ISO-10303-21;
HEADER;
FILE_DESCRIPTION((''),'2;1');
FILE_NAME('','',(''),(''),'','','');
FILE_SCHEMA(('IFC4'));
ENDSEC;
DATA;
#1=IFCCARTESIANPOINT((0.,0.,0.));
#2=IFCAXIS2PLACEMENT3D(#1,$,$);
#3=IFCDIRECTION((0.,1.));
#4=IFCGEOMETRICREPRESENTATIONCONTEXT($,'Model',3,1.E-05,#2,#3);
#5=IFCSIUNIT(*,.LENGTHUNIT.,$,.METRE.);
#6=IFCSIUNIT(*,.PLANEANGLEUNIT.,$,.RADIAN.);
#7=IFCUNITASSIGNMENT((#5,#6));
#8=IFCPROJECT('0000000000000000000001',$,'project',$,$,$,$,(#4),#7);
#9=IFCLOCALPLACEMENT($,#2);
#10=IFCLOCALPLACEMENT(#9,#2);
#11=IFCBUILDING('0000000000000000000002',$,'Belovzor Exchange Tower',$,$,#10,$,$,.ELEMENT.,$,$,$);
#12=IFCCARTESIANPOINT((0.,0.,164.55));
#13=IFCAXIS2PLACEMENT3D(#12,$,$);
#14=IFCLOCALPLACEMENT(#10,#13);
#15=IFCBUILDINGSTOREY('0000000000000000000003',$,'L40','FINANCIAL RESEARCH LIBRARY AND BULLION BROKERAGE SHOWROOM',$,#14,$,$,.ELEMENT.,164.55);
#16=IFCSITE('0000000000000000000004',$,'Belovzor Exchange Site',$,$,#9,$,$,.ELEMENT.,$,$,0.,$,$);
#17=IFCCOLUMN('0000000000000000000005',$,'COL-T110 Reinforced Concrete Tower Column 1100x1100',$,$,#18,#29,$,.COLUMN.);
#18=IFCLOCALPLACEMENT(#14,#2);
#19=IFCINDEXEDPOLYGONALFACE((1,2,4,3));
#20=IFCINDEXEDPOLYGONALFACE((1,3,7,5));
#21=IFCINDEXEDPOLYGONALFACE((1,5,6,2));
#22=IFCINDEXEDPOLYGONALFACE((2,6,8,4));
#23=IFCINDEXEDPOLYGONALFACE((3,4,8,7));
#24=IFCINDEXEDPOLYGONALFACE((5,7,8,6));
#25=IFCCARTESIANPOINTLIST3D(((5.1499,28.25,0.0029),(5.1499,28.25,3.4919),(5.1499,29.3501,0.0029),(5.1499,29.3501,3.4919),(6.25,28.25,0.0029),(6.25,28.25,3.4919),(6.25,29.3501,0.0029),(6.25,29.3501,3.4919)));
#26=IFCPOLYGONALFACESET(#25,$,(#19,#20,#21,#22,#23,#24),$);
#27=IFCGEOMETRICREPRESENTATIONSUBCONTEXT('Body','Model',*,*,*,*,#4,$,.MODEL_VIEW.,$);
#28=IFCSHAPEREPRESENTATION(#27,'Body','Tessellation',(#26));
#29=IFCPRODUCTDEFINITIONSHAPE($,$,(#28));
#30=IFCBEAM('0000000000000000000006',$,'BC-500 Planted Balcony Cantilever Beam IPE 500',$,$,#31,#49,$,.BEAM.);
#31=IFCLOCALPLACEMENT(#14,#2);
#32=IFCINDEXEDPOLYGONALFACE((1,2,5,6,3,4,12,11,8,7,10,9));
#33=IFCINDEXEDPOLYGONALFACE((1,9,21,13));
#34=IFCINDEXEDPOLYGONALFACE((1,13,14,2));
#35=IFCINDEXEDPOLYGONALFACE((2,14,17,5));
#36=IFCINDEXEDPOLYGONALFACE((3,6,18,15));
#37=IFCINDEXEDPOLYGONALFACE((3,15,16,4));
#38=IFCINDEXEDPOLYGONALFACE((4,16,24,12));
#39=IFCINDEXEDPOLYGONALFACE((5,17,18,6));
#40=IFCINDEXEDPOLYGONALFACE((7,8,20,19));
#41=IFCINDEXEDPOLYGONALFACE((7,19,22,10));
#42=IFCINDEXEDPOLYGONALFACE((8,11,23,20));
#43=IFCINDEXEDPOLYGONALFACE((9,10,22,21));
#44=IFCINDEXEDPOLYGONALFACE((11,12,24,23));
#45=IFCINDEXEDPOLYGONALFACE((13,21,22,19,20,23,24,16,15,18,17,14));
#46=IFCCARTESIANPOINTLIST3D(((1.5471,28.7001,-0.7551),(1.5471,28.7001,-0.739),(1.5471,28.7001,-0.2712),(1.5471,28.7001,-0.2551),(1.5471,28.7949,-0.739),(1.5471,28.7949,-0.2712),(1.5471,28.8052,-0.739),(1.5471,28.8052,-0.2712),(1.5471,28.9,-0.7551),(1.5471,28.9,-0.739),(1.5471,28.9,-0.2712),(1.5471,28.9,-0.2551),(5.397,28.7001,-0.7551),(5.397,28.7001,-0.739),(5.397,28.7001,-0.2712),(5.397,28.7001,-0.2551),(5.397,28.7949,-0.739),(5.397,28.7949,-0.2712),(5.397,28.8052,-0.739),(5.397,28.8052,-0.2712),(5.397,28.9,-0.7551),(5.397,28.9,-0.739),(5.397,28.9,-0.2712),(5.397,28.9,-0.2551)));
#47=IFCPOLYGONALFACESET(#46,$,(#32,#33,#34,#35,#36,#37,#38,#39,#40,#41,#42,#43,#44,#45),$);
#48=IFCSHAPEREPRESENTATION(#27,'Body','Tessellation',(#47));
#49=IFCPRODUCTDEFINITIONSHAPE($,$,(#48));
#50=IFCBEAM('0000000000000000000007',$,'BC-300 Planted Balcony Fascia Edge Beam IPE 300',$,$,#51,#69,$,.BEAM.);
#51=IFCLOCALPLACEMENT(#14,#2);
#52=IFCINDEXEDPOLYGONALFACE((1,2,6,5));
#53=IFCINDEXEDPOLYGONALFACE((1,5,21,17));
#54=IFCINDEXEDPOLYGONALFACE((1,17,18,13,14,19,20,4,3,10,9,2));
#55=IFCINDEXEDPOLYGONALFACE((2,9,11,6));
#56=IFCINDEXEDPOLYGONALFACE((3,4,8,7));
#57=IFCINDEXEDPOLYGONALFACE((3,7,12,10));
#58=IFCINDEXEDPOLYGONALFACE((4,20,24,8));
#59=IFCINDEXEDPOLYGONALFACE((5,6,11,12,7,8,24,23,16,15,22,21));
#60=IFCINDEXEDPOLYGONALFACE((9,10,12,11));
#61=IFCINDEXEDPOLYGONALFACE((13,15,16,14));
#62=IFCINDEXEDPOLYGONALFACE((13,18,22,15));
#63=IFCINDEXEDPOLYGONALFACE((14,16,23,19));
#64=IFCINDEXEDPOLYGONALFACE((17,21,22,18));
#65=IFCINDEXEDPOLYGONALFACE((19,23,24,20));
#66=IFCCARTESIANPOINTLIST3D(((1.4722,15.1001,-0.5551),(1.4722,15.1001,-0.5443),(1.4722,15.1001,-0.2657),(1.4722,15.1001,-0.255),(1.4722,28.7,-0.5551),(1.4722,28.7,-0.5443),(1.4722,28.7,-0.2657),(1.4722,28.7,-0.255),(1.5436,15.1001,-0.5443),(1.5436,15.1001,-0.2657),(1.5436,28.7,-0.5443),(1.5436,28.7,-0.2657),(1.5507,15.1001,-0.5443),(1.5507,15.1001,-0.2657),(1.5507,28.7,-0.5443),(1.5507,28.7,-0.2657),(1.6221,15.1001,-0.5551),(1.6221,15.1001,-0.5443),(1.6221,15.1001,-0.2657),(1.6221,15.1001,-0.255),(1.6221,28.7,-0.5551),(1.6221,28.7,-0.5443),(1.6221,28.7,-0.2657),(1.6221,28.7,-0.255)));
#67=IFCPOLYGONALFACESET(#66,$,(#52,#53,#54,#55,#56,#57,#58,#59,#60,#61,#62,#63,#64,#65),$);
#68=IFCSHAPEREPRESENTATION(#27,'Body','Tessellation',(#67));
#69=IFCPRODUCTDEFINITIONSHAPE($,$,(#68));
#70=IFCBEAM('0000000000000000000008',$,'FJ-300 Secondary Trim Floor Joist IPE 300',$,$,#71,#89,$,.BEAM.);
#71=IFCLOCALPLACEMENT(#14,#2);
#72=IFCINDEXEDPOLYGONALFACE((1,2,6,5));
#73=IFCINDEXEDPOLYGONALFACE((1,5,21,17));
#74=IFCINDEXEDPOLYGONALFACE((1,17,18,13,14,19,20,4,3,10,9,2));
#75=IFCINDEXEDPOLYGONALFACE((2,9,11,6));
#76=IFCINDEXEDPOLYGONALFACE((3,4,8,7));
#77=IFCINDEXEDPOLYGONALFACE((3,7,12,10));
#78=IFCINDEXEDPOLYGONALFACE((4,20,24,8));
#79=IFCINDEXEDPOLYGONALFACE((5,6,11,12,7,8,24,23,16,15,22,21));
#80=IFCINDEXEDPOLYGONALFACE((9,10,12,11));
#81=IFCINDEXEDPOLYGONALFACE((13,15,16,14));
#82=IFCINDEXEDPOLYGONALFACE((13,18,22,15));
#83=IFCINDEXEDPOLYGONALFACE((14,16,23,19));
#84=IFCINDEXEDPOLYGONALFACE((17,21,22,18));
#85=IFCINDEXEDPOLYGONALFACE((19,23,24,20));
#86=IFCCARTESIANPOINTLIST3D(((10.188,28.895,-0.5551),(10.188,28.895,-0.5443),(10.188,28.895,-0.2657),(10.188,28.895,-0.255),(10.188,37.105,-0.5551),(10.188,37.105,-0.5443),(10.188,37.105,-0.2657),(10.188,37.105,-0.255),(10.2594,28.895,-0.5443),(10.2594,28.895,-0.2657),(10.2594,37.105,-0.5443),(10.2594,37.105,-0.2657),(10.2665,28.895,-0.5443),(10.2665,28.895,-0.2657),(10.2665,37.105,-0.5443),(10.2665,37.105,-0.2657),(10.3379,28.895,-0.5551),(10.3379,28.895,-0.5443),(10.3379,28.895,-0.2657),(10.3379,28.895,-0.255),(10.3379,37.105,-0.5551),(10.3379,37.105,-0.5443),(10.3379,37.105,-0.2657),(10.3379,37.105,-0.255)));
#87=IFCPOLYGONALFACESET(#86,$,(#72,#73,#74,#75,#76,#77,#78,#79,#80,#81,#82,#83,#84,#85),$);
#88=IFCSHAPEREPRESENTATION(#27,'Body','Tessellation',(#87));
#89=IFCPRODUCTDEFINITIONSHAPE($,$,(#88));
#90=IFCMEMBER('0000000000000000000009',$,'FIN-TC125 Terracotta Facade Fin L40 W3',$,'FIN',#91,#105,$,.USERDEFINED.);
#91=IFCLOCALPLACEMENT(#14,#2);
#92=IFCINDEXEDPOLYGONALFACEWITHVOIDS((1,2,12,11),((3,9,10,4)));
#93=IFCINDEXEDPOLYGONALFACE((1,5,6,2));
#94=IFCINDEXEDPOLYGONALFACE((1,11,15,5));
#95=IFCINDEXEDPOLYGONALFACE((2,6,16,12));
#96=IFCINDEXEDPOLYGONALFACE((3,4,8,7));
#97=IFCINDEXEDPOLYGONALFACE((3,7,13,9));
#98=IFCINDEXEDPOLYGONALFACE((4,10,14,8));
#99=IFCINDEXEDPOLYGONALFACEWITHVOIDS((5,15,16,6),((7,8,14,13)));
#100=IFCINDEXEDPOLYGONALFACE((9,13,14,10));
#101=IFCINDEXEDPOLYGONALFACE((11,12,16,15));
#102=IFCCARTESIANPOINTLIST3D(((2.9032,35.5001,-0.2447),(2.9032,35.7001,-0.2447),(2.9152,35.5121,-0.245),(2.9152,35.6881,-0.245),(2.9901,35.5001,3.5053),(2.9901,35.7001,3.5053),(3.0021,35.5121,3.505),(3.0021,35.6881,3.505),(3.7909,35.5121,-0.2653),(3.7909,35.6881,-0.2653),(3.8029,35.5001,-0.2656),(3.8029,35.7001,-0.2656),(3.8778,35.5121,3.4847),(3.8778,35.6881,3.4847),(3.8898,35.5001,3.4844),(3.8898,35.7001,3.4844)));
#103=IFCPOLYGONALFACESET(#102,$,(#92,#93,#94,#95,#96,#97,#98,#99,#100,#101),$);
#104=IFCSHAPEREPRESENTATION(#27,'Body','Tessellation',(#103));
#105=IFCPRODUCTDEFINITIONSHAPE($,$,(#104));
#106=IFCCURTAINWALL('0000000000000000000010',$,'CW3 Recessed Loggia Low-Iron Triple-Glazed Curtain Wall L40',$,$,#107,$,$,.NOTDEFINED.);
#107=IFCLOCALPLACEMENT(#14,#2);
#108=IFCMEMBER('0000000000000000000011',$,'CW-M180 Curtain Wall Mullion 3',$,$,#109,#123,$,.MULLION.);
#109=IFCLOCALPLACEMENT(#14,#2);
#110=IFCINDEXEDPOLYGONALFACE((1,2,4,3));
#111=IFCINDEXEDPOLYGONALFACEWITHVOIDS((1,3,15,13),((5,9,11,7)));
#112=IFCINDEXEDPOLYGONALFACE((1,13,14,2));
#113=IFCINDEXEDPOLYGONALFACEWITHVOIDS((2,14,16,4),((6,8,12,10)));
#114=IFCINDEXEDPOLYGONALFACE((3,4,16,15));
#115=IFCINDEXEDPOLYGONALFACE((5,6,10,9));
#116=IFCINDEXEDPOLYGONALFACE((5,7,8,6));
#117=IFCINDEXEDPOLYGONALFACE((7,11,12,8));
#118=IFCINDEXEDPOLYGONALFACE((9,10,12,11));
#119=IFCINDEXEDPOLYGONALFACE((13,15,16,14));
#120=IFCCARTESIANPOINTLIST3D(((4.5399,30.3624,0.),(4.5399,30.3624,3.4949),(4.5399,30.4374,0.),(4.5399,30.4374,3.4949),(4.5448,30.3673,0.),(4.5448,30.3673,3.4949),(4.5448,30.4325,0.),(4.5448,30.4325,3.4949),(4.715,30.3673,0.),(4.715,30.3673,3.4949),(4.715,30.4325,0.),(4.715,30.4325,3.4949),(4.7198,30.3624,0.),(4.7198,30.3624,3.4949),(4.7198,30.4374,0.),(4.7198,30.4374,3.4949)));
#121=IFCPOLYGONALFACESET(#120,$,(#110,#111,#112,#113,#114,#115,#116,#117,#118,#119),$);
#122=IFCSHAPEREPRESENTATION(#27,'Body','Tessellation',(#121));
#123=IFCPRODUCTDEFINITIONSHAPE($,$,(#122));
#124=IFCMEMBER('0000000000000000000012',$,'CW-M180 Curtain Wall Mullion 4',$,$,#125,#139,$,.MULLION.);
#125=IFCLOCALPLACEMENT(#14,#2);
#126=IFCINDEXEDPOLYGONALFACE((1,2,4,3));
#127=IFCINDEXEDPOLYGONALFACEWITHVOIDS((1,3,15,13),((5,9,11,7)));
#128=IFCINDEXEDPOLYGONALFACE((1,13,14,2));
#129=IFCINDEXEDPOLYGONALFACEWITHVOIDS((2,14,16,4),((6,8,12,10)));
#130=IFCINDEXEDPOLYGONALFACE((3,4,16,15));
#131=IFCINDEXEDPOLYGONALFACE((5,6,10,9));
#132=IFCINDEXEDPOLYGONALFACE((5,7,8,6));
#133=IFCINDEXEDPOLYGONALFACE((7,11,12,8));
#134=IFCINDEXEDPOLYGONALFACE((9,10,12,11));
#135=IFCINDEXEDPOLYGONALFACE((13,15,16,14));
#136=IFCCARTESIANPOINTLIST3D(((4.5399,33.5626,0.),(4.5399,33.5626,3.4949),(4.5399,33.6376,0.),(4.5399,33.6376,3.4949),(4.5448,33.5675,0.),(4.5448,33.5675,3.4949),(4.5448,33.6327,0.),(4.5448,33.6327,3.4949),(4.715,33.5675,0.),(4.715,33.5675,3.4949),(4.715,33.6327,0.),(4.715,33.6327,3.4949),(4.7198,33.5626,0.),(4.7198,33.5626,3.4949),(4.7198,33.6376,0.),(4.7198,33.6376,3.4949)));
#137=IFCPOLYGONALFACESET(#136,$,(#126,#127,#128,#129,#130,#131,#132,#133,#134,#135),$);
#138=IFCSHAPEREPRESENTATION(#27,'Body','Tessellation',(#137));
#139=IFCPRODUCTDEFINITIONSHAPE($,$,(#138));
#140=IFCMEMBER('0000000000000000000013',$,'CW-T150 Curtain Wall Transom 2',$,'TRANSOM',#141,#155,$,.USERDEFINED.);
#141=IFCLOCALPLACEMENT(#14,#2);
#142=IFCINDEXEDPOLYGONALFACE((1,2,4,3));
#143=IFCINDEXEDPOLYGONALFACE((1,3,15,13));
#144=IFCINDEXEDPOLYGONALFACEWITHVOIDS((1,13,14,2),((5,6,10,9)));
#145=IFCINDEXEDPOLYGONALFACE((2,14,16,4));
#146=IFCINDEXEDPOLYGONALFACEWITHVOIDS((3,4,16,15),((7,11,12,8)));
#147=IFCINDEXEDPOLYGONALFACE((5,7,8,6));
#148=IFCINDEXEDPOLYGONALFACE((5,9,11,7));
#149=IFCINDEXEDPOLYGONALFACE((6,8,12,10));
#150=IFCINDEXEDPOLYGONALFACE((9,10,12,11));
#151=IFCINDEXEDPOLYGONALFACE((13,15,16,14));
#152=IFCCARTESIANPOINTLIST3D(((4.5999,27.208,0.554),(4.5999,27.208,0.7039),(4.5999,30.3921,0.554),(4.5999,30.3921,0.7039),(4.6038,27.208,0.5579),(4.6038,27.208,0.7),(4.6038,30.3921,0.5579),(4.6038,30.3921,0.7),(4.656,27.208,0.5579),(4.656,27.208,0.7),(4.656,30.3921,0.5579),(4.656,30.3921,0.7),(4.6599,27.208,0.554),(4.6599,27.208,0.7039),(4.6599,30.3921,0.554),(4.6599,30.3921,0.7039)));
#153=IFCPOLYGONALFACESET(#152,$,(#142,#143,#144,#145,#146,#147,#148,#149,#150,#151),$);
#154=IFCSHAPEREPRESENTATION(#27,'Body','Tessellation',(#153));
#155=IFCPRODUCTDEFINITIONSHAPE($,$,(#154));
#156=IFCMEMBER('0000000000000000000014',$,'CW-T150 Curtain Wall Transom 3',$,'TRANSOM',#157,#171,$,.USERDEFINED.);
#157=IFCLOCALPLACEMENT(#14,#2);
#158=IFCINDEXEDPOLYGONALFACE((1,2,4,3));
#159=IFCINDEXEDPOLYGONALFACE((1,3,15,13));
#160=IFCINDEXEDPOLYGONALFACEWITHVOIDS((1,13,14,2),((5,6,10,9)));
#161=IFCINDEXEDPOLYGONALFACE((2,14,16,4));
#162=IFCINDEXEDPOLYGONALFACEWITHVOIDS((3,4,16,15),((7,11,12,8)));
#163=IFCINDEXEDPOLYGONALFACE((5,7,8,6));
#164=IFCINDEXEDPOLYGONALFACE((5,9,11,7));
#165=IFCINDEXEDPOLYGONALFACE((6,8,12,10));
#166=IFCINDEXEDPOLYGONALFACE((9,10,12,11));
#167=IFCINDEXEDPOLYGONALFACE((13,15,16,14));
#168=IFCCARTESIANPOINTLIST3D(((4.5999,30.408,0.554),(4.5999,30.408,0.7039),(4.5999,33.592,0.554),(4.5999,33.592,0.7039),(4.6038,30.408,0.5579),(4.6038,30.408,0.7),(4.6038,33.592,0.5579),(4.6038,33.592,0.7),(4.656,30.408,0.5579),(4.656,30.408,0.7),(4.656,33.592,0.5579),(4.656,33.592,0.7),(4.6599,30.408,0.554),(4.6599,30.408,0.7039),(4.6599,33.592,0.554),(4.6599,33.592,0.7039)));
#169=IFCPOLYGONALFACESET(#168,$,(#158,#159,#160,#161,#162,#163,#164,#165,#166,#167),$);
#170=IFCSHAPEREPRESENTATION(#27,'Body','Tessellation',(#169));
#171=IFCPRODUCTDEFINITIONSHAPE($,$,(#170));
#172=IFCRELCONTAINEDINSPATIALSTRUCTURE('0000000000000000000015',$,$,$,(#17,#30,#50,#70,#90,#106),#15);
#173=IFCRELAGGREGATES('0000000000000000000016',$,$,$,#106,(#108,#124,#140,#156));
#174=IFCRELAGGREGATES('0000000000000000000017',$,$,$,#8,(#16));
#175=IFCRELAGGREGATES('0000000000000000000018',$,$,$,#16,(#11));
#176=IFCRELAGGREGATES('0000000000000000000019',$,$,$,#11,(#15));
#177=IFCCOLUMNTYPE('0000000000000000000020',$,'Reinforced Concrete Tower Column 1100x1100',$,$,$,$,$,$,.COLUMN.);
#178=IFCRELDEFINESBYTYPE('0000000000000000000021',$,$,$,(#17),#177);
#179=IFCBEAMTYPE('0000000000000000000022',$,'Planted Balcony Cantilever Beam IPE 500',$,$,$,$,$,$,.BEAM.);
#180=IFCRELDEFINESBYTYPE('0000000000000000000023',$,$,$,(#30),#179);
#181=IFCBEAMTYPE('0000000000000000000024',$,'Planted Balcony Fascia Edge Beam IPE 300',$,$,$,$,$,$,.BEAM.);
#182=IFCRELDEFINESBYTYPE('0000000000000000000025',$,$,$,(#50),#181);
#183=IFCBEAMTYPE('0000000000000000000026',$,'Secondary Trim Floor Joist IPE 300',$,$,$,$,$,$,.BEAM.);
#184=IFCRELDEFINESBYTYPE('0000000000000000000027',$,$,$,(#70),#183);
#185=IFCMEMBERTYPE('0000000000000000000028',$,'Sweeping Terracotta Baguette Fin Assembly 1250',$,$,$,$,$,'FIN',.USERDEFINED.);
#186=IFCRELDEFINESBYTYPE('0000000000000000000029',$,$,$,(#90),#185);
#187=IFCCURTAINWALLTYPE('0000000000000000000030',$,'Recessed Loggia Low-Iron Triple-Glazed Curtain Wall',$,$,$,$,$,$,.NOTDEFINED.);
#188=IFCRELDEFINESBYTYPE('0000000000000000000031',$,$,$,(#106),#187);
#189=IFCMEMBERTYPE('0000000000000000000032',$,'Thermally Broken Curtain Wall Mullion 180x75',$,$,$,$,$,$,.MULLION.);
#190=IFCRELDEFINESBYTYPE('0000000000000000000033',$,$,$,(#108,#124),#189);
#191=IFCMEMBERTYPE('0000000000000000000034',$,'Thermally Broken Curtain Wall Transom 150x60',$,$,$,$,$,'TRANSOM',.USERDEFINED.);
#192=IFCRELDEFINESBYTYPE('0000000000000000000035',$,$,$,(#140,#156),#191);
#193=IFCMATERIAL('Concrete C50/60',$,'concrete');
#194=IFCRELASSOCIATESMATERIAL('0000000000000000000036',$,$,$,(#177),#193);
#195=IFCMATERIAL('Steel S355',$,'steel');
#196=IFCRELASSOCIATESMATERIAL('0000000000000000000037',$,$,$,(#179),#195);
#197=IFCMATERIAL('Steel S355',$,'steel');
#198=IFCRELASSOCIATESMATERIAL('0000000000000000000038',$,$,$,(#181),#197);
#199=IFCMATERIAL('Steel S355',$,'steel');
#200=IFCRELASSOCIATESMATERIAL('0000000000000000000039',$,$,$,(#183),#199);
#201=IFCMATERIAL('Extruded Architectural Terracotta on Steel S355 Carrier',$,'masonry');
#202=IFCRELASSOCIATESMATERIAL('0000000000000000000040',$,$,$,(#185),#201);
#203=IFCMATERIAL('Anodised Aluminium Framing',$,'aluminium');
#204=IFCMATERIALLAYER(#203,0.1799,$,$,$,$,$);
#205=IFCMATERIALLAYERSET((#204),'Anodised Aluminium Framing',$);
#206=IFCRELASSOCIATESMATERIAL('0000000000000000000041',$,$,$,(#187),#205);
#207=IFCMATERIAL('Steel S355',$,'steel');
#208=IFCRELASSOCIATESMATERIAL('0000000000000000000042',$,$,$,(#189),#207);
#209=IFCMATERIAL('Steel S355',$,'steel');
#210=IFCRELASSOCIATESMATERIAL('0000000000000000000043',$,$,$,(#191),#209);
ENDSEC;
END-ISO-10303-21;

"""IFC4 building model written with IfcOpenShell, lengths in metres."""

from ifc_helpers import new_model, si_unit, direction, frame, origin, origin_2d, place, context, subcontext, project, spatial, rectangle, hollow_rectangle, i_section, extrude, material, layer, layer_set, material_profile, profile_set, type_object, element, aggregate, save


model = new_model("IFC4")

# Units and contexts
model_context = context("Model", 3, precision=1e-05, world=origin(), true_north=direction((0.0, 1.0)))
body_context = subcontext(model_context, "Body", "Model", "MODEL_VIEW")
ifc_project = project(units=[si_unit("LENGTHUNIT", "METRE"), si_unit("PLANEANGLEUNIT", "RADIAN")], contexts=[model_context])

# Site, building, storey
site_placement = place(None, origin())
site = spatial("IfcSite", under=ifc_project, at=site_placement, Name="Belovzor Exchange Site", CompositionType="ELEMENT", RefElevation=0.0)
building_placement = place(site_placement, origin())
building = spatial("IfcBuilding", under=site, at=building_placement, Name="Belovzor Exchange Tower", CompositionType="ELEMENT")
storey_placement = place(building_placement, frame((0.0, 0.0, 164.55)))
storey = spatial("IfcBuildingStorey", under=building, at=storey_placement, Name="L40", Description="FINANCIAL RESEARCH LIBRARY AND BULLION BROKERAGE SHOWROOM", CompositionType="ELEMENT", Elevation=164.55)

# Column
ifc_material_1 = material(Name="Concrete C50/60", Category="concrete")
ifc_material_profile_1 = material_profile(ifc_material_1, rectangle(XDim=1.1001, YDim=1.1001, at=origin_2d()))
ifc_profile_set_1 = profile_set([ifc_material_profile_1], Name="Concrete C50/60")
column_type = type_object("IfcColumnType", Name="Reinforced Concrete Tower Column 1100x1100", PredefinedType="COLUMN", material=ifc_profile_set_1)
column_placement = place(storey_placement, frame((5.7, 28.8, 0.0029), z_axis=(0.0, 0.0, 1.0), x_axis=(1.0, 0.0, 0.0)))
element("IfcColumn", 1, at=column_placement, inside=storey, type_object=column_type, Name="COL-T110 Reinforced Concrete Tower Column 1100x1100", PredefinedType="COLUMN", context=body_context, shape_type="SweptSolid", body=[
    extrude(rectangle(XDim=1.1001, YDim=1.1001, at=origin_2d()), origin(), (0.0, 0.0, 1.0), 3.489),
])

# Beams
ifc_material_2 = material(Name="Steel S355", Category="steel")
ifc_material_profile_2 = material_profile(ifc_material_2, i_section(OverallWidth=0.2, OverallDepth=0.5, WebThickness=0.0103, FlangeThickness=0.0161, at=origin_2d()))
ifc_profile_set_2 = profile_set([ifc_material_profile_2], Name="Steel S355")
beam_type_1 = type_object("IfcBeamType", Name="Planted Balcony Cantilever Beam IPE 500", PredefinedType="BEAM", material=ifc_profile_set_2)
beam_1_placement = place(storey_placement, frame((5.397, 28.8, -0.5051), z_axis=(-1.0, 0.0, 0.0), x_axis=(0.0, -1.0, 0.0)))
element("IfcBeam", 2, at=beam_1_placement, inside=storey, type_object=beam_type_1, Name="BC-500 Planted Balcony Cantilever Beam IPE 500", PredefinedType="BEAM", context=body_context, shape_type="SweptSolid", body=[
    extrude(i_section(OverallWidth=0.2, OverallDepth=0.5, WebThickness=0.0103, FlangeThickness=0.0161, at=origin_2d()), origin(), (0.0, 0.0, 1.0), 3.8499),
])
ifc_material_3 = material(Name="Steel S355", Category="steel")
ifc_material_profile_3 = material_profile(ifc_material_3, i_section(OverallWidth=0.1499, OverallDepth=0.3, WebThickness=0.0071, FlangeThickness=0.0107, at=origin_2d()))
ifc_profile_set_3 = profile_set([ifc_material_profile_3], Name="Steel S355")
beam_type_2 = type_object("IfcBeamType", Name="Planted Balcony Fascia Edge Beam IPE 300", PredefinedType="BEAM", material=ifc_profile_set_3)
beam_2_placement = place(storey_placement, frame((1.5471, 28.7, -0.405), z_axis=(0.0, -1.0, 0.0), x_axis=(1.0, 0.0, 0.0)))
element("IfcBeam", 3, at=beam_2_placement, inside=storey, type_object=beam_type_2, Name="BC-300 Planted Balcony Fascia Edge Beam IPE 300", PredefinedType="BEAM", context=body_context, shape_type="SweptSolid", body=[
    extrude(i_section(OverallWidth=0.1499, OverallDepth=0.3, WebThickness=0.0071, FlangeThickness=0.0107, at=origin_2d()), origin(), (0.0, 0.0, 1.0), 13.5999),
])
ifc_material_4 = material(Name="Steel S355", Category="steel")
ifc_material_profile_4 = material_profile(ifc_material_4, i_section(OverallWidth=0.1499, OverallDepth=0.3, WebThickness=0.0071, FlangeThickness=0.0107, at=origin_2d()))
ifc_profile_set_4 = profile_set([ifc_material_profile_4], Name="Steel S355")
beam_type_3 = type_object("IfcBeamType", Name="Secondary Trim Floor Joist IPE 300", PredefinedType="BEAM", material=ifc_profile_set_4)
beam_3_placement = place(storey_placement, frame((10.2629, 28.895, -0.405), z_axis=(0.0, 1.0, 0.0), x_axis=(-1.0, 0.0, 0.0)))
element("IfcBeam", 4, at=beam_3_placement, inside=storey, type_object=beam_type_3, Name="FJ-300 Secondary Trim Floor Joist IPE 300", PredefinedType="BEAM", context=body_context, shape_type="SweptSolid", body=[
    extrude(i_section(OverallWidth=0.1499, OverallDepth=0.3, WebThickness=0.0071, FlangeThickness=0.0107, at=origin_2d()), origin(), (0.0, 0.0, 1.0), 8.21),
])

# Member
ifc_material_5 = material(Name="Extruded Architectural Terracotta on Steel S355 Carrier", Category="masonry")
ifc_material_profile_5 = material_profile(ifc_material_5, hollow_rectangle(XDim=0.2, YDim=0.8999, WallThickness=0.012, at=origin_2d()))
ifc_profile_set_5 = profile_set([ifc_material_profile_5], Name="Extruded Architectural Terracotta on Steel S355 Carrier")
member_type_1 = type_object("IfcMemberType", Name="Sweeping Terracotta Baguette Fin Assembly 1250", ElementType="FIN", PredefinedType="USERDEFINED", material=ifc_profile_set_5)
member_1_placement = place(storey_placement, frame((3.353, 35.6001, -0.2551), z_axis=(0.023171, 0.0, 0.999732), x_axis=(0.0, 1.0, 0.0)))
element("IfcMember", 5, at=member_1_placement, inside=storey, type_object=member_type_1, Name="FIN-TC125 Terracotta Facade Fin L40 W3", ObjectType="FIN", PredefinedType="USERDEFINED", context=body_context, shape_type="SweptSolid", body=[
    extrude(hollow_rectangle(XDim=0.2, YDim=0.8999, WallThickness=0.012, at=origin_2d()), origin(), (0.0, 0.0, 1.0), 3.751),
])

# Curtain wall, members
ifc_material_6 = material(Name="Anodised Aluminium Framing", Category="aluminium")
ifc_layer_1 = layer(ifc_material_6, 0.1799)
ifc_layer_set_1 = layer_set([ifc_layer_1], Name="Anodised Aluminium Framing")
curtain_wall_type = type_object("IfcCurtainWallType", Name="Recessed Loggia Low-Iron Triple-Glazed Curtain Wall", PredefinedType="NOTDEFINED", material=ifc_layer_set_1)
curtain_wall_placement = place(storey_placement, origin())
curtain_wall = element("IfcCurtainWall", 6, at=curtain_wall_placement, inside=storey, type_object=curtain_wall_type, Name="CW3 Recessed Loggia Low-Iron Triple-Glazed Curtain Wall L40", PredefinedType="NOTDEFINED")
ifc_material_7 = material(Name="Steel S355", Category="steel")
ifc_material_profile_6 = material_profile(ifc_material_7, hollow_rectangle(XDim=0.075, YDim=0.1799, WallThickness=0.0049, at=origin_2d()))
ifc_profile_set_6 = profile_set([ifc_material_profile_6], Name="Steel S355")
member_type_2 = type_object("IfcMemberType", Name="Thermally Broken Curtain Wall Mullion 180x75", PredefinedType="MULLION", material=ifc_profile_set_6)
member_2_placement = place(storey_placement, frame((4.6299, 30.3999, 0.0), z_axis=(0.0, 0.0, 1.0), x_axis=(0.0, 1.0, 0.0)))
member_2 = element("IfcMember", 7, at=member_2_placement, type_object=member_type_2, Name="CW-M180 Curtain Wall Mullion 3", PredefinedType="MULLION", context=body_context, shape_type="SweptSolid", body=[
    extrude(hollow_rectangle(XDim=0.075, YDim=0.1799, WallThickness=0.0049, at=origin_2d()), origin(), (0.0, 0.0, 1.0), 3.4949),
])
member_3_placement = place(storey_placement, frame((4.6299, 33.6001, 0.0), z_axis=(0.0, 0.0, 1.0), x_axis=(0.0, 1.0, 0.0)))
member_3 = element("IfcMember", 8, at=member_3_placement, type_object=member_type_2, Name="CW-M180 Curtain Wall Mullion 4", PredefinedType="MULLION", context=body_context, shape_type="SweptSolid", body=[
    extrude(hollow_rectangle(XDim=0.075, YDim=0.1799, WallThickness=0.0049, at=origin_2d()), origin(), (0.0, 0.0, 1.0), 3.4949),
])
ifc_material_8 = material(Name="Steel S355", Category="steel")
ifc_material_profile_7 = material_profile(ifc_material_8, hollow_rectangle(XDim=0.0601, YDim=0.1499, WallThickness=0.0039, at=origin_2d()))
ifc_profile_set_7 = profile_set([ifc_material_profile_7], Name="Steel S355")
member_type_3 = type_object("IfcMemberType", Name="Thermally Broken Curtain Wall Transom 150x60", ElementType="TRANSOM", PredefinedType="USERDEFINED", material=ifc_profile_set_7)
member_4_placement = place(storey_placement, frame((4.6299, 27.208, 0.6289), z_axis=(0.0, 1.0, 0.0), x_axis=(-1.0, 0.0, 0.0)))
member_4 = element("IfcMember", 9, at=member_4_placement, type_object=member_type_3, Name="CW-T150 Curtain Wall Transom 2", ObjectType="TRANSOM", PredefinedType="USERDEFINED", context=body_context, shape_type="SweptSolid", body=[
    extrude(hollow_rectangle(XDim=0.0601, YDim=0.1499, WallThickness=0.0039, at=origin_2d()), origin(), (0.0, 0.0, 1.0), 3.1841),
])
member_5_placement = place(storey_placement, frame((4.6299, 30.408, 0.6289), z_axis=(0.0, 1.0, 0.0), x_axis=(-1.0, 0.0, 0.0)))
member_5 = element("IfcMember", 10, at=member_5_placement, type_object=member_type_3, Name="CW-T150 Curtain Wall Transom 3", ObjectType="TRANSOM", PredefinedType="USERDEFINED", context=body_context, shape_type="SweptSolid", body=[
    extrude(hollow_rectangle(XDim=0.0601, YDim=0.1499, WallThickness=0.0039, at=origin_2d()), origin(), (0.0, 0.0, 1.0), 3.1841),
])

aggregate(curtain_wall, [member_2, member_3, member_4, member_5])

save(model, "model.ifc")
